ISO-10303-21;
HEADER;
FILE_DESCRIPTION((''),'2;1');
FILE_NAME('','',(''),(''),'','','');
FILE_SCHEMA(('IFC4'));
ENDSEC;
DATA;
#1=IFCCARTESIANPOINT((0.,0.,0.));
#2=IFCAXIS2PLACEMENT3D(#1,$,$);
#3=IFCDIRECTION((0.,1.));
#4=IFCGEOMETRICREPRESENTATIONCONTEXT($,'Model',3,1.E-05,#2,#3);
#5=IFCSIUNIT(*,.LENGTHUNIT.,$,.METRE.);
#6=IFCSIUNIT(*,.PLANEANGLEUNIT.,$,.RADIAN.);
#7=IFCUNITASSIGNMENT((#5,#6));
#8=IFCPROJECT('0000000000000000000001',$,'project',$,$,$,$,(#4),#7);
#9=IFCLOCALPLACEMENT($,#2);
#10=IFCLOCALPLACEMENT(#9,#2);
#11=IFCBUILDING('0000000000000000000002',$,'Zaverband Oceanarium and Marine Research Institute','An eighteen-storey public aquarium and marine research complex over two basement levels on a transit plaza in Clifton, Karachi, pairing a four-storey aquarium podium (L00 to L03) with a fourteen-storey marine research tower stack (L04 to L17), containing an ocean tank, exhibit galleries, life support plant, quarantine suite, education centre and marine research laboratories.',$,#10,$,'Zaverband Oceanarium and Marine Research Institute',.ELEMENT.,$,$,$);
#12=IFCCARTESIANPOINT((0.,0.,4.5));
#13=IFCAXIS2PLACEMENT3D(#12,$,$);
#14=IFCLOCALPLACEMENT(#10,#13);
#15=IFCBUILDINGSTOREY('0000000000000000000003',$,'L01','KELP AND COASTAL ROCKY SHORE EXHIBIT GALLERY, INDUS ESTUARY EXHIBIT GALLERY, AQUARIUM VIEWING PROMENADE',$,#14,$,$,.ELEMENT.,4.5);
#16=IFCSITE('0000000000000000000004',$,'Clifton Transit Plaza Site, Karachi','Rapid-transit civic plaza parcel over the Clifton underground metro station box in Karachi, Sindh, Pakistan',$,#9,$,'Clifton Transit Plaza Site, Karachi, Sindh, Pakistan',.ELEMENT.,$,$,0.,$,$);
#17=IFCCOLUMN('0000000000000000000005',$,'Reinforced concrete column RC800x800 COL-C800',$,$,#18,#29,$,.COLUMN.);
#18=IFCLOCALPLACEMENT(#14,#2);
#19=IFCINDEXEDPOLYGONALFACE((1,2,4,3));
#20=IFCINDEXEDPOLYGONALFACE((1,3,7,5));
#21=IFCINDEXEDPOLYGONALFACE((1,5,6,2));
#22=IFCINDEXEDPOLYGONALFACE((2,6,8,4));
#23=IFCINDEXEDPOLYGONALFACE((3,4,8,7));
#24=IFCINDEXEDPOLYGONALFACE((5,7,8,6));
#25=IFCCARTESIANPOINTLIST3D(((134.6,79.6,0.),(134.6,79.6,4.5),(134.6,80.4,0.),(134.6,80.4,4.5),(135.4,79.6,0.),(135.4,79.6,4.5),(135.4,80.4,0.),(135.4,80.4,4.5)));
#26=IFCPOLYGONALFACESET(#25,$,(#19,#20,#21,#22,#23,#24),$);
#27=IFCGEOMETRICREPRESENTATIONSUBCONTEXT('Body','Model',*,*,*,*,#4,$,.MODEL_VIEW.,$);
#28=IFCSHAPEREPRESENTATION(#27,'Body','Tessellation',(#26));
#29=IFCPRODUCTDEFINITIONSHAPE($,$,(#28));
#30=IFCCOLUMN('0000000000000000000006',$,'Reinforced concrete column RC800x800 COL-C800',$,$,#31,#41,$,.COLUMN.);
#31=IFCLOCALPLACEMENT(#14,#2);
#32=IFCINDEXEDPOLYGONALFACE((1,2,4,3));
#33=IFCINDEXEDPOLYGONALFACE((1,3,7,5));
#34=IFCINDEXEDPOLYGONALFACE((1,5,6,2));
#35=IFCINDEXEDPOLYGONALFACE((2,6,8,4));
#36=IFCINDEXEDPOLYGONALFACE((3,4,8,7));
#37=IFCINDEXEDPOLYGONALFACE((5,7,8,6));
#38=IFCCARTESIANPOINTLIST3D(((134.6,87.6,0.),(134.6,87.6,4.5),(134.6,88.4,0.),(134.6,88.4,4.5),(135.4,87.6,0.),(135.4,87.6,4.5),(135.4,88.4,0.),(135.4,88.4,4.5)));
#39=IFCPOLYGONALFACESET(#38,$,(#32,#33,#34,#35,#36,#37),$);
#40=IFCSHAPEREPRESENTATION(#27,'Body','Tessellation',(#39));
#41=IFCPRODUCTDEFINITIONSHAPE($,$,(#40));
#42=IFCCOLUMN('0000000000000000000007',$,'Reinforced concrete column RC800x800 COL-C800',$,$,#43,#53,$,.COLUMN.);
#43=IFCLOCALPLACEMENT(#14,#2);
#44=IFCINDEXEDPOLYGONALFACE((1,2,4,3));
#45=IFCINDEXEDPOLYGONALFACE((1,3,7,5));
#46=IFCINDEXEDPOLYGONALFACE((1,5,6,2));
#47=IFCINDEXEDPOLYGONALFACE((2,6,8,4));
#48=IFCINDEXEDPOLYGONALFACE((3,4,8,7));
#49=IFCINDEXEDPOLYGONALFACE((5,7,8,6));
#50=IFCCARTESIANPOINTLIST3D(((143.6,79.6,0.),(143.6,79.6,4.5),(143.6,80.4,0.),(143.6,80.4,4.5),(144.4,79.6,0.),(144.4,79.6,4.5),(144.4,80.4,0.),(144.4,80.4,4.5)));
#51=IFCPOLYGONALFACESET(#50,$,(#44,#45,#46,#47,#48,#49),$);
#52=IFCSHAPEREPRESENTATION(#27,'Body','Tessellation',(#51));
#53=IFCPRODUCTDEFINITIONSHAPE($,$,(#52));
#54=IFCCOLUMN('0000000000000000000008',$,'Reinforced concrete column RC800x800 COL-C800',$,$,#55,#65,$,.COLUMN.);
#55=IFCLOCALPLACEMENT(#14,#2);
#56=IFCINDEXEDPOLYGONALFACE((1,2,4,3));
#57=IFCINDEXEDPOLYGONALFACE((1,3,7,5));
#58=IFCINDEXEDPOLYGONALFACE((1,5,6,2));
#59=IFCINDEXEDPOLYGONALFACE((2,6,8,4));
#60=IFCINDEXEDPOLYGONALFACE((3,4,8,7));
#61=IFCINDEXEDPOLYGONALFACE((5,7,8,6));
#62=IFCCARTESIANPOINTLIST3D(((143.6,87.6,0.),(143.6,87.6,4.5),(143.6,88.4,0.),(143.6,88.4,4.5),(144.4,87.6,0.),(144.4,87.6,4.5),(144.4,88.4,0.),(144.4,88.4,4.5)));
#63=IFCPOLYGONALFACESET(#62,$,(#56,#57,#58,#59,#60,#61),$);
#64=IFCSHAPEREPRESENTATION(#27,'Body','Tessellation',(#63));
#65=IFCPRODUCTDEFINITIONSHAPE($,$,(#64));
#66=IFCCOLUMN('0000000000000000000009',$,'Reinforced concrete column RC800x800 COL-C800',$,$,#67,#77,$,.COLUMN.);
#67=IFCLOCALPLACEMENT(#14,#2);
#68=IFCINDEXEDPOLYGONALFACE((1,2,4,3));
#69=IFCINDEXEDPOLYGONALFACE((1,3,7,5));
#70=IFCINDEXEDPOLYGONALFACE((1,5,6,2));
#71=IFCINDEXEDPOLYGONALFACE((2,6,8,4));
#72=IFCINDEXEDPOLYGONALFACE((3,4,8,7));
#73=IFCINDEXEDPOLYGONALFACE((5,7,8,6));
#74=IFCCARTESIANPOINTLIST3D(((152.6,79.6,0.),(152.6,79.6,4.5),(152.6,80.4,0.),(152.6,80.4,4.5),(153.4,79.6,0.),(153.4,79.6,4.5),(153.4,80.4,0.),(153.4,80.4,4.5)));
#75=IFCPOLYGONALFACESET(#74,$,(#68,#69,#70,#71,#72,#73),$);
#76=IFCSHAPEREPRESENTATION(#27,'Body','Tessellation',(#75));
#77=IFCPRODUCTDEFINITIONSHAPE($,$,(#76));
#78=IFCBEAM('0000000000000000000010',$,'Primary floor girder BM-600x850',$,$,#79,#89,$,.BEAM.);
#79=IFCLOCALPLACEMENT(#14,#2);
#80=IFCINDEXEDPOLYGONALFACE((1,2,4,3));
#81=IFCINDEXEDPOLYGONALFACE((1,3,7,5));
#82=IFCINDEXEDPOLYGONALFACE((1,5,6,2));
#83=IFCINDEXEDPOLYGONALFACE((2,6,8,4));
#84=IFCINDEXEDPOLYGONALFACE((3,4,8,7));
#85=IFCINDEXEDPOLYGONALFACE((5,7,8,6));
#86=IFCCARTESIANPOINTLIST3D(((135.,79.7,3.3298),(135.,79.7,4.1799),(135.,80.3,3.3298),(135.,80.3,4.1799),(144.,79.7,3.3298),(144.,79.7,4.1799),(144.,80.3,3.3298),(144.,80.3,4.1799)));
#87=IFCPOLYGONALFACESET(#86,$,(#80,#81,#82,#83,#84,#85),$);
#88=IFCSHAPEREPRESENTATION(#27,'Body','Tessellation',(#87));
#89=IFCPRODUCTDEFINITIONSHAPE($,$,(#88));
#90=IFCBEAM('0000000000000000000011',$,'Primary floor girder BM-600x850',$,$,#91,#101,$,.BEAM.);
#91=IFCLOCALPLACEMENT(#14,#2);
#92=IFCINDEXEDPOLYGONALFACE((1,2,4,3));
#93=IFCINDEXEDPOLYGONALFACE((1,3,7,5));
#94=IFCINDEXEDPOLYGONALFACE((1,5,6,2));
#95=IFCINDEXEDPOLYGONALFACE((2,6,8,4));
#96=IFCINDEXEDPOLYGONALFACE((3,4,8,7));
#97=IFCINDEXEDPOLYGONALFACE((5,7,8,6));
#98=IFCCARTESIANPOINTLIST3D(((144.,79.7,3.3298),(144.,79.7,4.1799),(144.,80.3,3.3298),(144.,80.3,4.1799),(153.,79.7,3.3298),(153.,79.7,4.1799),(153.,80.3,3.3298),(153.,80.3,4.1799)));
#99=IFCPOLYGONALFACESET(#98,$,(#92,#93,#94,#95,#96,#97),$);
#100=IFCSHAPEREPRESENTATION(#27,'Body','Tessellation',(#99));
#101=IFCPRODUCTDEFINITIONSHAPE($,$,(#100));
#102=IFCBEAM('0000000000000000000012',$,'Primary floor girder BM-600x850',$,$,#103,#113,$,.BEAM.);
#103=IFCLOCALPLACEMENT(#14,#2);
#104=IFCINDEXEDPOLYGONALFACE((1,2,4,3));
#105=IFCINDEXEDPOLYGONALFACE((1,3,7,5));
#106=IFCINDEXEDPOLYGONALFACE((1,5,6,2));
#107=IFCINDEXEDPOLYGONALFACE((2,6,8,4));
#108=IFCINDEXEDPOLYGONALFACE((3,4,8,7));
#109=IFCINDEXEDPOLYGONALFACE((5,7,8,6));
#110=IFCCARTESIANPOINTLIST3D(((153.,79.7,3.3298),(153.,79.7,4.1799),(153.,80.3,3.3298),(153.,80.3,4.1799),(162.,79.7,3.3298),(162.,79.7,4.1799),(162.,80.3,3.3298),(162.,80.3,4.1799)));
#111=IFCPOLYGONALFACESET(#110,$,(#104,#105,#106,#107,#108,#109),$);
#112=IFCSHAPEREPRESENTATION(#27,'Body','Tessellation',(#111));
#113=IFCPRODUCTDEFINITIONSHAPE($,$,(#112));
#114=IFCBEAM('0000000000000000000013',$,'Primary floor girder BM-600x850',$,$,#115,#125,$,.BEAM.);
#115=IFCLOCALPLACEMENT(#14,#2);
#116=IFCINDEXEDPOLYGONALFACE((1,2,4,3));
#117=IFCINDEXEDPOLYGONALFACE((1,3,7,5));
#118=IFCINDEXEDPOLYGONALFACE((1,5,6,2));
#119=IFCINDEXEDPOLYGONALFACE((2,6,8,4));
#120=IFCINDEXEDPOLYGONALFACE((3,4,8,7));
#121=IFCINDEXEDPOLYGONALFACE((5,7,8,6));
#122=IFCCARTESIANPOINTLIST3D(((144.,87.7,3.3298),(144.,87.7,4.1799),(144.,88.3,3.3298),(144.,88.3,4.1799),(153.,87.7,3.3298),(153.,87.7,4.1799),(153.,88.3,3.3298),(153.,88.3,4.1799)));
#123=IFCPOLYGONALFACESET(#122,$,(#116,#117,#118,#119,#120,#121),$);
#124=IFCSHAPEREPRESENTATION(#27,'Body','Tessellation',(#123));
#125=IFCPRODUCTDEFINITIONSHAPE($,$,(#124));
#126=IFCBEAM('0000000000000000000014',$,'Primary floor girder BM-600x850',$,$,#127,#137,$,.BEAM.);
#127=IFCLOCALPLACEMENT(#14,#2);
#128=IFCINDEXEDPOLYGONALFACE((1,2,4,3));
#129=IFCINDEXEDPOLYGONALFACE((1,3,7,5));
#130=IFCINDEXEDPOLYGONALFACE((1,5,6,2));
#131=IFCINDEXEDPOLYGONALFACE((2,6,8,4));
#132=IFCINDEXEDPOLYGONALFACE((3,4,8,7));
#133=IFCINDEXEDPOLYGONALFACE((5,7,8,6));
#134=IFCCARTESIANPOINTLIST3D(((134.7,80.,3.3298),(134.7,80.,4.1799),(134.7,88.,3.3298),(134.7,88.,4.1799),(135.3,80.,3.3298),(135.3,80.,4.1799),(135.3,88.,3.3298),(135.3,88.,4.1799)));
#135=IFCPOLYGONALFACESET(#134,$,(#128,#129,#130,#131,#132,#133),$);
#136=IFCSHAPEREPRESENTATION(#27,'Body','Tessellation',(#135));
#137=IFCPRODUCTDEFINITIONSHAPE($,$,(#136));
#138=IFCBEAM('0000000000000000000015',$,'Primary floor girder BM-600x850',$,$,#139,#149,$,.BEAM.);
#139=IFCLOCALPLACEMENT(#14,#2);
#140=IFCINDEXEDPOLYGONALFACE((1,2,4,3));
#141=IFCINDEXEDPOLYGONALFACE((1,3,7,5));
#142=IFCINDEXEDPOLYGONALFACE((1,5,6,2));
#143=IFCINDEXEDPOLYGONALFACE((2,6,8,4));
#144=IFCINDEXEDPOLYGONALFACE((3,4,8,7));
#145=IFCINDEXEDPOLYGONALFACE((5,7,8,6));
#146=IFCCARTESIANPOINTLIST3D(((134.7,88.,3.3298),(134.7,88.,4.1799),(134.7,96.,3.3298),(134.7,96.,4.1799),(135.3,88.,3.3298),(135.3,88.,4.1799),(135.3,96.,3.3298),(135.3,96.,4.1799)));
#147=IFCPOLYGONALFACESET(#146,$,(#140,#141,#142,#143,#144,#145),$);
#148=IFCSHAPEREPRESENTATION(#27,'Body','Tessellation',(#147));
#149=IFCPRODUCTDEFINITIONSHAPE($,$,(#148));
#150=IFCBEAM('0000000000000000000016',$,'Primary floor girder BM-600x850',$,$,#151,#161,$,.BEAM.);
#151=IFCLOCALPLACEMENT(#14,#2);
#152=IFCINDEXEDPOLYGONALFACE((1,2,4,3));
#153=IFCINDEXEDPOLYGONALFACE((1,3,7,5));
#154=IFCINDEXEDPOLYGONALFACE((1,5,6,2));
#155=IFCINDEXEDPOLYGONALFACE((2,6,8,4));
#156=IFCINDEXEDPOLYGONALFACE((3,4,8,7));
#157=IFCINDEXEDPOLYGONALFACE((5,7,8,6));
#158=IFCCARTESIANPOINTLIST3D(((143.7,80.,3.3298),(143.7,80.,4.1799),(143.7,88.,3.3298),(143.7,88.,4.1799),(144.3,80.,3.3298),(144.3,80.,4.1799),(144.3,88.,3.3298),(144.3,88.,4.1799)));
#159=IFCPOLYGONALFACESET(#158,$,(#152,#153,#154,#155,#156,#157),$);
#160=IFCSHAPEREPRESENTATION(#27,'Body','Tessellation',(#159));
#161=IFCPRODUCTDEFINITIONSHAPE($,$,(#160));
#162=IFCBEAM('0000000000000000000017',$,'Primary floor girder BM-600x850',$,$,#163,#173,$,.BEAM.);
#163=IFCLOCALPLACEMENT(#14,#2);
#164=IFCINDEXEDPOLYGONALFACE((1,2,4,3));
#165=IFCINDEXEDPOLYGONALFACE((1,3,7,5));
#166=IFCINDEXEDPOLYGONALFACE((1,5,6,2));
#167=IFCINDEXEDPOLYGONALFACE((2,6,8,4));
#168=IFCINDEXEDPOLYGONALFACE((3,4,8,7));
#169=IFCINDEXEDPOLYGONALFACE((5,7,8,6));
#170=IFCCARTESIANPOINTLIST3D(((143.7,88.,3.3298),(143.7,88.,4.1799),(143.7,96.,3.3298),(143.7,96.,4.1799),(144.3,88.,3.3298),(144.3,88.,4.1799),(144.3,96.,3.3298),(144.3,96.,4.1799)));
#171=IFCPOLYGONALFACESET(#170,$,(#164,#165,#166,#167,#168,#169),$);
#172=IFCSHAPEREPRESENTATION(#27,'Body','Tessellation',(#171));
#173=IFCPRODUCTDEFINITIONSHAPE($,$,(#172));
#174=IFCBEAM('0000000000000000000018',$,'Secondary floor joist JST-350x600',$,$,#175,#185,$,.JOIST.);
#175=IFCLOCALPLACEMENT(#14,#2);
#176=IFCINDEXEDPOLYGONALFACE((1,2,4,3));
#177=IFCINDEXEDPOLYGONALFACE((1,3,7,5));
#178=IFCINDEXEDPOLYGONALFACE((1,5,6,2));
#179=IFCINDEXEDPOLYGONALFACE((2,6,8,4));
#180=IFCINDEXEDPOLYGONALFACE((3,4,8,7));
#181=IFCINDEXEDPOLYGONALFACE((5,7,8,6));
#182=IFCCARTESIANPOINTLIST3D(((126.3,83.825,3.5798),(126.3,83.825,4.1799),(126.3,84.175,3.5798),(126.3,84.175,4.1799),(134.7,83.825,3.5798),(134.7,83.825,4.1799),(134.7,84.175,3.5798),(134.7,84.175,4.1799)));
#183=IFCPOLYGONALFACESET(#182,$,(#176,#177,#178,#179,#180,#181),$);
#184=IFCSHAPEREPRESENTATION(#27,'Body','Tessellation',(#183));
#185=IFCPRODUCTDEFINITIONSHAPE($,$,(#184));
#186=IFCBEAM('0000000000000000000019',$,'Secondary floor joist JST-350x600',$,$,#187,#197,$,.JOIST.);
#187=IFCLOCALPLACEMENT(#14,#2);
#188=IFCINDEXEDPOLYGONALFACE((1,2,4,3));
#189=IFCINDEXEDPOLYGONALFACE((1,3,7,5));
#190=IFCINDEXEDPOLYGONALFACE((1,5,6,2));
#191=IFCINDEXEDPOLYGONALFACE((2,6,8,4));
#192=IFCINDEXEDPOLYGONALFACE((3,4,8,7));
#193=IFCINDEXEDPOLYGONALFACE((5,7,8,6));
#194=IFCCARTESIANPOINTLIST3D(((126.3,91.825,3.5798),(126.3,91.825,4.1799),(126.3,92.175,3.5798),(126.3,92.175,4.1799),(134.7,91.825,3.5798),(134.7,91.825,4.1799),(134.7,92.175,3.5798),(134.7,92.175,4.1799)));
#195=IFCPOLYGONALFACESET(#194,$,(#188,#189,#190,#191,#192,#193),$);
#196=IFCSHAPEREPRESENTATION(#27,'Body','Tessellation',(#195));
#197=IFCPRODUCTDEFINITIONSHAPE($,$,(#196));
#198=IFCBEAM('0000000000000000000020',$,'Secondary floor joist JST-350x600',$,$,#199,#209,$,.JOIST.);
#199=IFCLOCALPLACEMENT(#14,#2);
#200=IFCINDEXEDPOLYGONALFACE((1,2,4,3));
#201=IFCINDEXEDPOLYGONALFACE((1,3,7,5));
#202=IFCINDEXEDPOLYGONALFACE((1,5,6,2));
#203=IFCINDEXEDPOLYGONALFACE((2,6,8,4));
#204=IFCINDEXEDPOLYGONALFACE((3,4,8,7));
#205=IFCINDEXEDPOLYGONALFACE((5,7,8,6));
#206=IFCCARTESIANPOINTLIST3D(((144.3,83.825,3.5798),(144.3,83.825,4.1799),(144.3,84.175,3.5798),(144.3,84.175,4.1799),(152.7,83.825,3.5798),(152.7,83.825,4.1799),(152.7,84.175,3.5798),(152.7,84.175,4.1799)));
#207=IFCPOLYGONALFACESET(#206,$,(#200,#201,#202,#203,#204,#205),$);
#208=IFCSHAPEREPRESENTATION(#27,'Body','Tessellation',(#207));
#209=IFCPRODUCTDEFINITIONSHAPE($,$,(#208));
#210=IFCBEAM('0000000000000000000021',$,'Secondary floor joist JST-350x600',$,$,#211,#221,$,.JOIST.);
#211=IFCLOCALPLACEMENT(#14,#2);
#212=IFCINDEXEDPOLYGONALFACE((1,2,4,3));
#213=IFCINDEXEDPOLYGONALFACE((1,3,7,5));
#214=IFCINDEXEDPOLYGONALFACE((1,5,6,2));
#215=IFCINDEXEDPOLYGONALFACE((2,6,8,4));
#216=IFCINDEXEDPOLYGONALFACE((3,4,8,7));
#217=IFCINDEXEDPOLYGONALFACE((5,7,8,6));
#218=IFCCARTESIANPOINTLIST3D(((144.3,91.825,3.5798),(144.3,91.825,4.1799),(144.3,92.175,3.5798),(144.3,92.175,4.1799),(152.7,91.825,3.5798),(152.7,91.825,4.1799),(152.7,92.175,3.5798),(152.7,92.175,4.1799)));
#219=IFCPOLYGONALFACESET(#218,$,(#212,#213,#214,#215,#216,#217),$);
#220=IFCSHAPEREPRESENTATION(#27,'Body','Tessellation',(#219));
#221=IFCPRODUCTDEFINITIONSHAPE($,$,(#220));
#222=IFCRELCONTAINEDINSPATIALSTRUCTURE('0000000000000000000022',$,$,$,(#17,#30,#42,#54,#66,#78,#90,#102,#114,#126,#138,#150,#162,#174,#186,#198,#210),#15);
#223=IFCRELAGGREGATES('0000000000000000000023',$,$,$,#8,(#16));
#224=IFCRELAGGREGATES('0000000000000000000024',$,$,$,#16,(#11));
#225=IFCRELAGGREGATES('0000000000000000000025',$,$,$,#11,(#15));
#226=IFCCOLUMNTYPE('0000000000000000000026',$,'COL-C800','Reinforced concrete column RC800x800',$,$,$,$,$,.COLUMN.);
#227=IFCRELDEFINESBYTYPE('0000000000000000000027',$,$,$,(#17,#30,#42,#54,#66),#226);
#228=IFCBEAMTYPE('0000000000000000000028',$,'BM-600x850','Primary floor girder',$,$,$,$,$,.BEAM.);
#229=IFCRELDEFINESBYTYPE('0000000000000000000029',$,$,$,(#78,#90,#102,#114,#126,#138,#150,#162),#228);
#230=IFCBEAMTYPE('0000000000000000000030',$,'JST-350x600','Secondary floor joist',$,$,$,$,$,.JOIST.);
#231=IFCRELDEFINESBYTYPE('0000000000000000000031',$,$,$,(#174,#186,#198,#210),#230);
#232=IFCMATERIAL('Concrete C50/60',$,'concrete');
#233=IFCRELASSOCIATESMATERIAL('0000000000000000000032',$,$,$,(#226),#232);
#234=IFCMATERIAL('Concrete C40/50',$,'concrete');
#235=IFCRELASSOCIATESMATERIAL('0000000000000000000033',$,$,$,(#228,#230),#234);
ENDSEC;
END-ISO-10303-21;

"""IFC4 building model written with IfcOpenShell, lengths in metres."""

from ifc_helpers import new_model, si_unit, direction, frame, origin, origin_2d, place, context, subcontext, project, spatial, rectangle, extrude, material, material_profile, profile_set, type_object, element, save


model = new_model("IFC4")

# Units and contexts
model_context = context("Model", 3, precision=1e-05, world=origin(), true_north=direction((0.0, 1.0)))
body_context = subcontext(model_context, "Body", "Model", "MODEL_VIEW")
ifc_project = project(units=[si_unit("LENGTHUNIT", "METRE"), si_unit("PLANEANGLEUNIT", "RADIAN")], contexts=[model_context])

# Site, building, storey
site_placement = place(None, origin())
site = spatial("IfcSite", under=ifc_project, at=site_placement, Name="Clifton Transit Plaza Site, Karachi", Description="Rapid-transit civic plaza parcel over the Clifton underground metro station box in Karachi, Sindh, Pakistan", LongName="Clifton Transit Plaza Site, Karachi, Sindh, Pakistan", CompositionType="ELEMENT", RefElevation=0.0)
building_placement = place(site_placement, origin())
building = spatial("IfcBuilding", under=site, at=building_placement, Name="Zaverband Oceanarium and Marine Research Institute", Description="An eighteen-storey public aquarium and marine research complex over two basement levels on a transit plaza in Clifton, Karachi, pairing a four-storey aquarium podium (L00 to L03) with a fourteen-storey marine research tower stack (L04 to L17), containing an ocean tank, exhibit galleries, life support plant, quarantine suite, education centre and marine research laboratories.", LongName="Zaverband Oceanarium and Marine Research Institute", CompositionType="ELEMENT")
storey_placement = place(building_placement, frame((0.0, 0.0, 4.5)))
storey = spatial("IfcBuildingStorey", under=building, at=storey_placement, Name="L01", Description="KELP AND COASTAL ROCKY SHORE EXHIBIT GALLERY, INDUS ESTUARY EXHIBIT GALLERY, AQUARIUM VIEWING PROMENADE", CompositionType="ELEMENT", Elevation=4.5)

# Columns
ifc_material_1 = material(Name="Concrete C50/60", Category="concrete")
ifc_material_profile_1 = material_profile(ifc_material_1, rectangle(XDim=0.8, YDim=0.8, at=origin_2d()), Name="RC800x800")
ifc_profile_set_1 = profile_set([ifc_material_profile_1], Name="Concrete C50/60")
column_type = type_object("IfcColumnType", Name="COL-C800", Description="Reinforced concrete column RC800x800", PredefinedType="COLUMN", material=ifc_profile_set_1)
for number, where, z_axis, x_axis, name in (
    (1, (135.0, 80.0, 0.0), (0.0, 0.0, 1.0), (1.0, 0.0, 0.0), "Reinforced concrete column RC800x800 COL-C800"),
    (2, (135.0, 88.0, 0.0), (0.0, 0.0, 1.0), (1.0, 0.0, 0.0), "Reinforced concrete column RC800x800 COL-C800"),
    (3, (144.0, 80.0, 0.0), (0.0, 0.0, 1.0), (1.0, 0.0, 0.0), "Reinforced concrete column RC800x800 COL-C800"),
    (4, (144.0, 88.0, 0.0), (0.0, 0.0, 1.0), (1.0, 0.0, 0.0), "Reinforced concrete column RC800x800 COL-C800"),
    (5, (153.0, 80.0, 0.0), (0.0, 0.0, 1.0), (1.0, 0.0, 0.0), "Reinforced concrete column RC800x800 COL-C800"),
):
    element("IfcColumn", number, at=place(storey_placement, frame(where, z_axis=z_axis, x_axis=x_axis)), inside=storey, type_object=column_type, Name=name, PredefinedType="COLUMN", context=body_context, shape_type="SweptSolid", body=[
        extrude(rectangle(XDim=0.8, YDim=0.8, at=origin_2d()), origin(), (0.0, 0.0, 1.0), 4.5),
    ])

# Beams
ifc_material_2 = material(Name="Concrete C40/50", Category="concrete")
ifc_material_profile_2 = material_profile(ifc_material_2, rectangle(XDim=0.6001, YDim=0.8501, at=origin_2d()), Name="RC600x850")
ifc_profile_set_2 = profile_set([ifc_material_profile_2], Name="Concrete C40/50")
beam_type_1 = type_object("IfcBeamType", Name="BM-600x850", Description="Primary floor girder", PredefinedType="BEAM", material=ifc_profile_set_2)
for number, where, z_axis, x_axis, name in (
    (6, (135.0, 80.0, 3.7549), (1.0, 0.0, 0.0), (0.0, 1.0, 0.0), "Primary floor girder BM-600x850"),
    (7, (144.0, 80.0, 3.7549), (1.0, 0.0, 0.0), (0.0, 1.0, 0.0), "Primary floor girder BM-600x850"),
    (8, (153.0, 80.0, 3.7549), (1.0, 0.0, 0.0), (0.0, 1.0, 0.0), "Primary floor girder BM-600x850"),
    (9, (144.0, 88.0, 3.7549), (1.0, 0.0, 0.0), (0.0, 1.0, 0.0), "Primary floor girder BM-600x850"),
):
    element("IfcBeam", number, at=place(storey_placement, frame(where, z_axis=z_axis, x_axis=x_axis)), inside=storey, type_object=beam_type_1, Name=name, PredefinedType="BEAM", context=body_context, shape_type="SweptSolid", body=[
        extrude(rectangle(XDim=0.6001, YDim=0.8501, at=origin_2d()), origin(), (0.0, 0.0, 1.0), 9.0),
    ])
for number, where, z_axis, x_axis, name in (
    (10, (135.0, 80.0, 3.7549), (0.0, 1.0, 0.0), (-1.0, 0.0, 0.0), "Primary floor girder BM-600x850"),
    (11, (135.0, 88.0, 3.7549), (0.0, 1.0, 0.0), (-1.0, 0.0, 0.0), "Primary floor girder BM-600x850"),
    (12, (144.0, 80.0, 3.7549), (0.0, 1.0, 0.0), (-1.0, 0.0, 0.0), "Primary floor girder BM-600x850"),
    (13, (144.0, 88.0, 3.7549), (0.0, 1.0, 0.0), (-1.0, 0.0, 0.0), "Primary floor girder BM-600x850"),
):
    element("IfcBeam", number, at=place(storey_placement, frame(where, z_axis=z_axis, x_axis=x_axis)), inside=storey, type_object=beam_type_1, Name=name, PredefinedType="BEAM", context=body_context, shape_type="SweptSolid", body=[
        extrude(rectangle(XDim=0.6001, YDim=0.8501, at=origin_2d()), origin(), (0.0, 0.0, 1.0), 8.0),
    ])
ifc_material_profile_3 = material_profile(ifc_material_2, rectangle(XDim=0.3501, YDim=0.6001, at=origin_2d()), Name="RC350x600")
ifc_profile_set_3 = profile_set([ifc_material_profile_3], Name="Concrete C40/50")
beam_type_2 = type_object("IfcBeamType", Name="JST-350x600", Description="Secondary floor joist", PredefinedType="JOIST", material=ifc_profile_set_3)
for number, where, z_axis, x_axis, name in (
    (14, (126.3, 84.0, 3.8799), (1.0, 0.0, 0.0), (0.0, 1.0, 0.0), "Secondary floor joist JST-350x600"),
    (15, (126.3, 92.0, 3.8799), (1.0, 0.0, 0.0), (0.0, 1.0, 0.0), "Secondary floor joist JST-350x600"),
    (16, (144.3, 84.0, 3.8799), (1.0, 0.0, 0.0), (0.0, 1.0, 0.0), "Secondary floor joist JST-350x600"),
    (17, (144.3, 92.0, 3.8799), (1.0, 0.0, 0.0), (0.0, 1.0, 0.0), "Secondary floor joist JST-350x600"),
):
    element("IfcBeam", number, at=place(storey_placement, frame(where, z_axis=z_axis, x_axis=x_axis)), inside=storey, type_object=beam_type_2, Name=name, PredefinedType="JOIST", context=body_context, shape_type="SweptSolid", body=[
        extrude(rectangle(XDim=0.3501, YDim=0.6001, at=origin_2d()), origin(), (0.0, 0.0, 1.0), 8.3999),
    ])

save(model, "model.ifc")
